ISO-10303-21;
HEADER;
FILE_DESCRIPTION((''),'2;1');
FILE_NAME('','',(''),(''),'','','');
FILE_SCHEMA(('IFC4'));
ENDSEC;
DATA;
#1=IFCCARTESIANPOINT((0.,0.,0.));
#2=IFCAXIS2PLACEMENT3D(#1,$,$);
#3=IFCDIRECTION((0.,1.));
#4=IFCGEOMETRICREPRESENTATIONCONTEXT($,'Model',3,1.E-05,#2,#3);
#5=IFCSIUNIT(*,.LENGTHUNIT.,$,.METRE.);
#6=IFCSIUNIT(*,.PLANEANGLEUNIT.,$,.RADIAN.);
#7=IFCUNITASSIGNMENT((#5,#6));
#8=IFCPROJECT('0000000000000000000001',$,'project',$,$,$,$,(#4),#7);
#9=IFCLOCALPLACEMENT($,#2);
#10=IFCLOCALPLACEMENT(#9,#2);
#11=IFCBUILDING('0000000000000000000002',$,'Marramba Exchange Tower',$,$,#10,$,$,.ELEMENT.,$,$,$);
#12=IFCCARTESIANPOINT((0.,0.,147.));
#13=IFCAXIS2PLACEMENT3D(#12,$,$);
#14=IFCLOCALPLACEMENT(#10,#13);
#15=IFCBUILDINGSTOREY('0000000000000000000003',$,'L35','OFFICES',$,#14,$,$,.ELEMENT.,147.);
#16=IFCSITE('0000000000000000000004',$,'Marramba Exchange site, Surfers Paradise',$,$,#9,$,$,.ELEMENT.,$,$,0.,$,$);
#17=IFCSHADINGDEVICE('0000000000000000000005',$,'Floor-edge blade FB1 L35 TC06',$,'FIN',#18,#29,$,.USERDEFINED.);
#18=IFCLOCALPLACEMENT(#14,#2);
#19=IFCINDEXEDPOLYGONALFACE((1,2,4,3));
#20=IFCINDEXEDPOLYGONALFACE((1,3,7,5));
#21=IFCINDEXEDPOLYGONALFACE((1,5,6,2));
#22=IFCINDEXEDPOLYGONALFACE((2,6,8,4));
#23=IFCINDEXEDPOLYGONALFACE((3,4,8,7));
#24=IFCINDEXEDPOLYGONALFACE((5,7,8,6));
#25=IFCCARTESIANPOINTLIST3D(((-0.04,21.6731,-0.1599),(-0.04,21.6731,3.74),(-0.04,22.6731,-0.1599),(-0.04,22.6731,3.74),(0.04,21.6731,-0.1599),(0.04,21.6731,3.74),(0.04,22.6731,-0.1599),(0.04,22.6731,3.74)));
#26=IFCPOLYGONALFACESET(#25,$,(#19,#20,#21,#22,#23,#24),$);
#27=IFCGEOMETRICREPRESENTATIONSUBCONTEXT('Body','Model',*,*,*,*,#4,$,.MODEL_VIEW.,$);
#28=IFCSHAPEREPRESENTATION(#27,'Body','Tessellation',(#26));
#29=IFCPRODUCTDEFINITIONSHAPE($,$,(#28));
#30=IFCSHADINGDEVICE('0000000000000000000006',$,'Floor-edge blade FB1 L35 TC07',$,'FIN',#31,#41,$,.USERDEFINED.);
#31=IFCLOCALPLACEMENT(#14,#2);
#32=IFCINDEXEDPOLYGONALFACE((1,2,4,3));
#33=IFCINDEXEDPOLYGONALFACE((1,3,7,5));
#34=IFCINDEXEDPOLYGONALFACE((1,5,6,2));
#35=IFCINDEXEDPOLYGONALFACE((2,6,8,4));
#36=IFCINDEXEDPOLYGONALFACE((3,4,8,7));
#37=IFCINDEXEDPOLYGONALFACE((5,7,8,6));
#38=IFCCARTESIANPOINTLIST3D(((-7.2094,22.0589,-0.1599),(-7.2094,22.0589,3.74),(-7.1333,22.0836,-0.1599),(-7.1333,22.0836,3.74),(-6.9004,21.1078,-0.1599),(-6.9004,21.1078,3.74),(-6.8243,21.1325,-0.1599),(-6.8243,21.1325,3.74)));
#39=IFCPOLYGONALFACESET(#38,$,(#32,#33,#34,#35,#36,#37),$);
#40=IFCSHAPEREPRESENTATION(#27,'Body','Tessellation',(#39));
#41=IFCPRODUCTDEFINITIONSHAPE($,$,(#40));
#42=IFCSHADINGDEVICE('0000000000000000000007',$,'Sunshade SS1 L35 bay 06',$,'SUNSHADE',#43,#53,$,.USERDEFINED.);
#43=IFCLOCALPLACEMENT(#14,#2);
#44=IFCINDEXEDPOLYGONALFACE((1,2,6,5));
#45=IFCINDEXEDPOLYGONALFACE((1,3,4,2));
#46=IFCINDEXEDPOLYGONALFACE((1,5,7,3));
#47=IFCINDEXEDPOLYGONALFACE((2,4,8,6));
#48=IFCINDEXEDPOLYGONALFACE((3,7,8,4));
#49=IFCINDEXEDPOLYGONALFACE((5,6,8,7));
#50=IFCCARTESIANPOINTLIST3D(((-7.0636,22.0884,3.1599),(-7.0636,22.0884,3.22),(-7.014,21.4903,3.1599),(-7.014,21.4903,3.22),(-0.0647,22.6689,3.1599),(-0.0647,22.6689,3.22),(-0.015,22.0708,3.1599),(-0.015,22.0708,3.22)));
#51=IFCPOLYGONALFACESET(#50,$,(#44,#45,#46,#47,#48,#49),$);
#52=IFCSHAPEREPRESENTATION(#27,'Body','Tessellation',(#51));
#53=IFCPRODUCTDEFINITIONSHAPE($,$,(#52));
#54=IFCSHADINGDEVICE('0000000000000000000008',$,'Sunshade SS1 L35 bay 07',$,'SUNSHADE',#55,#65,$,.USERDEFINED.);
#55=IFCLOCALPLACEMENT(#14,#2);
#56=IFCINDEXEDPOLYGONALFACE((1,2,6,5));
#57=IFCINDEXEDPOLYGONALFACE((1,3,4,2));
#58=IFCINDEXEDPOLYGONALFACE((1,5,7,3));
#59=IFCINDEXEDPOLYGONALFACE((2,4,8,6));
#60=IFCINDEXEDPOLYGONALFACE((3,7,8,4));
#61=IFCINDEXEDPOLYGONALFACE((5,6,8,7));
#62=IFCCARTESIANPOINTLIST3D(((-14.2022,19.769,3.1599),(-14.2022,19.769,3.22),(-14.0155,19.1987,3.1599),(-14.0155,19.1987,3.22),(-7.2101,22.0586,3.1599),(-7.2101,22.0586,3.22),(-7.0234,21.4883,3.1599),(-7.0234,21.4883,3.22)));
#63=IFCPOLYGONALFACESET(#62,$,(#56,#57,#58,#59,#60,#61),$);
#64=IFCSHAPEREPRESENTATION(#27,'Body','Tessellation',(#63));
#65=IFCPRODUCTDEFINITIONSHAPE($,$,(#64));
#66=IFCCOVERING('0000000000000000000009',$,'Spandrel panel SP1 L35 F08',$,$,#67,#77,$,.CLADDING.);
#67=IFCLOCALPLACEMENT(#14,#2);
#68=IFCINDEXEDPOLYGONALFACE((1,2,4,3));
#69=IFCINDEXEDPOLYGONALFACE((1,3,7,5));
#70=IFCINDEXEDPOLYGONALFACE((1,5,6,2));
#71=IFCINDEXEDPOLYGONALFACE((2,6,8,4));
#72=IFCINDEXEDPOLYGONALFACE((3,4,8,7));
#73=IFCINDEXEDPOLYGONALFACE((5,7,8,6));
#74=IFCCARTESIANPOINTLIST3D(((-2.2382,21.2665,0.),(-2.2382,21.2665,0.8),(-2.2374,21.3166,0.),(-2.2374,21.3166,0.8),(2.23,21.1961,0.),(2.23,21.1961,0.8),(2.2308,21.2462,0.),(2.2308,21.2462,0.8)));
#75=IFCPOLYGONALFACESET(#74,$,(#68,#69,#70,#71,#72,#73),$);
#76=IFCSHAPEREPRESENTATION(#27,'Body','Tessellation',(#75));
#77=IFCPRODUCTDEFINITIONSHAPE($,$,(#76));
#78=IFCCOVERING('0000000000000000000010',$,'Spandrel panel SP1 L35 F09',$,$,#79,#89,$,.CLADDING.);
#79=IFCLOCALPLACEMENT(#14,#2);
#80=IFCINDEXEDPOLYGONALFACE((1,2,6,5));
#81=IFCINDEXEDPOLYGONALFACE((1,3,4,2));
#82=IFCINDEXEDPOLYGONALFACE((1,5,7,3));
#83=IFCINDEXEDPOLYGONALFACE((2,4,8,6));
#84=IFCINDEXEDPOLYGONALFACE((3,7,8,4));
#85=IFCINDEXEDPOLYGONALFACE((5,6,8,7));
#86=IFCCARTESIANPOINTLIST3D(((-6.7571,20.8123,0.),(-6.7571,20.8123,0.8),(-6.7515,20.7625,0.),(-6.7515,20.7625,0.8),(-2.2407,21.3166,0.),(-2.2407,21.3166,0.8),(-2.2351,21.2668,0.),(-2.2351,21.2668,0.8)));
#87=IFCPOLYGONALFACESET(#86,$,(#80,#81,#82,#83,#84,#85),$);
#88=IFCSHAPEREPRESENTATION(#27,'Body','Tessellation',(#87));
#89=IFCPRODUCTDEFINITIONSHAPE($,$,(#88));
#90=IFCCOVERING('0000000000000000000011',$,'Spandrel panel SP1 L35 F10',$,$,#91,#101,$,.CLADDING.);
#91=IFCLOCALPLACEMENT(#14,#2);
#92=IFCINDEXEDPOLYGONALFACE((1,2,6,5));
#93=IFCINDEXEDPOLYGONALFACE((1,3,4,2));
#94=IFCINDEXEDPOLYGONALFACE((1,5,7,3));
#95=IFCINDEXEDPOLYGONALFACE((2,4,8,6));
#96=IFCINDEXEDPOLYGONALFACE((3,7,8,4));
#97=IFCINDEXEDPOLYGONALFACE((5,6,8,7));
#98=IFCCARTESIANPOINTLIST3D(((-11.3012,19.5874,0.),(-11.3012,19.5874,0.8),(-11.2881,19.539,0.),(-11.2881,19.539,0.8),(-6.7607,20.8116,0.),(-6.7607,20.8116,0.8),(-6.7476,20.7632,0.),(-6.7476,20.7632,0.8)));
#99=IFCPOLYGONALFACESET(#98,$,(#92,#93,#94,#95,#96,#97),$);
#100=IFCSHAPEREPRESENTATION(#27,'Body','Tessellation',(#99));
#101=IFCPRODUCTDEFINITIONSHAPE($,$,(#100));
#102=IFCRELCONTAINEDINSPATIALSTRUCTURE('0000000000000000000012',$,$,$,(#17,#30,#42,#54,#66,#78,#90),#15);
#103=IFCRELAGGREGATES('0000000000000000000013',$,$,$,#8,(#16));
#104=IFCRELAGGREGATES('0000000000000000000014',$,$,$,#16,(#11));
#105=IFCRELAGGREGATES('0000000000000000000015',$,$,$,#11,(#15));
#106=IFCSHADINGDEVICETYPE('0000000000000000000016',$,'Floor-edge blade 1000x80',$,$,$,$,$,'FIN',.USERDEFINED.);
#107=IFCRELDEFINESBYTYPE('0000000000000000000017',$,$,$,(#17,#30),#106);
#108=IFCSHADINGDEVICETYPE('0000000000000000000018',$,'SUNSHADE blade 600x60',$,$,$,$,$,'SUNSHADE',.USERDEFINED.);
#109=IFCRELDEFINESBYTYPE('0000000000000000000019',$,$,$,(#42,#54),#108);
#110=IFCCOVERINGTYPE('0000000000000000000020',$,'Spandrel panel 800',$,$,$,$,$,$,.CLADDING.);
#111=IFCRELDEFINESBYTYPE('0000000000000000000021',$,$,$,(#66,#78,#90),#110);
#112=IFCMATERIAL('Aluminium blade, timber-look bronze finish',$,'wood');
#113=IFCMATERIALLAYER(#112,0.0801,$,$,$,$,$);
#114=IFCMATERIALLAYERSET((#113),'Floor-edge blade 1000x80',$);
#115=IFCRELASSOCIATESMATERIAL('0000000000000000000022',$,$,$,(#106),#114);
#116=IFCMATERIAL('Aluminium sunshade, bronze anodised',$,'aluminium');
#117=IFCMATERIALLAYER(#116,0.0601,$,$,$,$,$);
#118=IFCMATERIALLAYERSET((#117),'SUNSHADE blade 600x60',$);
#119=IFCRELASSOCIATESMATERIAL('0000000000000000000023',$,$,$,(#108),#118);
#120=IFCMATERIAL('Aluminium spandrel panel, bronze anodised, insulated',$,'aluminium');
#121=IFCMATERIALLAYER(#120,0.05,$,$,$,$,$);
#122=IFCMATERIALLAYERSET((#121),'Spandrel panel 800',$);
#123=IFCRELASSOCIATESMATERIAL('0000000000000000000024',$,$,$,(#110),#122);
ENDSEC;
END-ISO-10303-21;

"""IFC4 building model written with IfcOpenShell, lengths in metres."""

from ifc_helpers import new_model, si_unit, direction, frame, origin, origin_2d, place, context, subcontext, project, spatial, rectangle, extrude, material, layer, layer_set, type_object, element, save


model = new_model("IFC4")

# Units and contexts
model_context = context("Model", 3, precision=1e-05, world=origin(), true_north=direction((0.0, 1.0)))
body_context = subcontext(model_context, "Body", "Model", "MODEL_VIEW")
ifc_project = project(units=[si_unit("LENGTHUNIT", "METRE"), si_unit("PLANEANGLEUNIT", "RADIAN")], contexts=[model_context])

# Site, building, storey
site_placement = place(None, origin())
site = spatial("IfcSite", under=ifc_project, at=site_placement, Name="Marramba Exchange site, Surfers Paradise", CompositionType="ELEMENT", RefElevation=0.0)
building_placement = place(site_placement, origin())
building = spatial("IfcBuilding", under=site, at=building_placement, Name="Marramba Exchange Tower", CompositionType="ELEMENT")
storey_placement = place(building_placement, frame((0.0, 0.0, 147.0)))
storey = spatial("IfcBuildingStorey", under=building, at=storey_placement, Name="L35", Description="OFFICES", CompositionType="ELEMENT", Elevation=147.0)

# Shading devices
ifc_material_1 = material(Name="Aluminium blade, timber-look bronze finish", Category="wood")
ifc_layer_1 = layer(ifc_material_1, 0.0801)
ifc_layer_set_1 = layer_set([ifc_layer_1], Name="Floor-edge blade 1000x80")
shading_device_type_1 = type_object("IfcShadingDeviceType", Name="Floor-edge blade 1000x80", ElementType="FIN", PredefinedType="USERDEFINED", material=ifc_layer_set_1)
for number, where, z_axis, x_axis, name in (
    (1, (0.0, 22.1731, -0.1599), (0.0, 0.0, 1.0), (0.0, 1.0, 0.0), "Floor-edge blade FB1 L35 TC06"),
    (2, (-7.0168, 21.5957, -0.1599), (0.0, 0.0, 1.0), (-0.309017, 0.951057, 0.0), "Floor-edge blade FB1 L35 TC07"),
):
    element("IfcShadingDevice", number, at=place(storey_placement, frame(where, z_axis=z_axis, x_axis=x_axis)), inside=storey, type_object=shading_device_type_1, Name=name, ObjectType="FIN", PredefinedType="USERDEFINED", context=body_context, shape_type="SweptSolid", body=[
        extrude(rectangle(XDim=1.0, YDim=0.0801, at=origin_2d()), origin(), (0.0, 0.0, 1.0), 3.8999),
    ])
ifc_material_2 = material(Name="Aluminium sunshade, bronze anodised", Category="aluminium")
ifc_layer_2 = layer(ifc_material_2, 0.0601)
ifc_layer_set_2 = layer_set([ifc_layer_2], Name="SUNSHADE blade 600x60")
shading_device_type_2 = type_object("IfcShadingDeviceType", Name="SUNSHADE blade 600x60", ElementType="SUNSHADE", PredefinedType="USERDEFINED", material=ifc_layer_set_2)
shading_device_1_placement = place(storey_placement, frame((-3.5393, 22.0796, 3.1599), z_axis=(0.0, 0.0, 1.0), x_axis=(-0.996578, -0.08266, 0.0)))
element("IfcShadingDevice", 3, at=shading_device_1_placement, inside=storey, type_object=shading_device_type_2, Name="Sunshade SS1 L35 bay 06", ObjectType="SUNSHADE", PredefinedType="USERDEFINED", context=body_context, shape_type="SweptSolid", body=[
    extrude(rectangle(XDim=7.0229, YDim=0.6001, at=origin_2d()), origin(), (0.0, 0.0, 1.0), 0.0601),
])
shading_device_2_placement = place(storey_placement, frame((-10.6128, 20.6287, 3.1599), z_axis=(0.0, 0.0, 1.0), x_axis=(-0.950346, -0.311196, 0.0)))
element("IfcShadingDevice", 4, at=shading_device_2_placement, inside=storey, type_object=shading_device_type_2, Name="Sunshade SS1 L35 bay 07", ObjectType="SUNSHADE", PredefinedType="USERDEFINED", context=body_context, shape_type="SweptSolid", body=[
    extrude(rectangle(XDim=7.3574, YDim=0.6001, at=origin_2d()), origin(), (0.0, 0.0, 1.0), 0.0601),
])

# Coverings
ifc_material_3 = material(Name="Aluminium spandrel panel, bronze anodised, insulated", Category="aluminium")
ifc_layer_3 = layer(ifc_material_3, 0.05)
ifc_layer_set_3 = layer_set([ifc_layer_3], Name="Spandrel panel 800")
covering_type = type_object("IfcCoveringType", Name="Spandrel panel 800", PredefinedType="CLADDING", material=ifc_layer_set_3)
covering_1_placement = place(storey_placement, frame((-0.0037, 21.2563, 0.0), z_axis=(0.0, 0.0, 1.0), x_axis=(-0.999876, 0.015756, 0.0)))
element("IfcCovering", 5, at=covering_1_placement, inside=storey, type_object=covering_type, Name="Spandrel panel SP1 L35 F08", PredefinedType="CLADDING", context=body_context, shape_type="SweptSolid", body=[
    extrude(rectangle(XDim=4.4688, YDim=0.05, at=origin_2d()), origin(), (0.0, 0.0, 1.0), 0.8),
])
covering_2_placement = place(storey_placement, frame((-4.4961, 21.0396, 0.0), z_axis=(0.0, 0.0, 1.0), x_axis=(-0.993823, -0.110973, 0.0)))
element("IfcCovering", 6, at=covering_2_placement, inside=storey, type_object=covering_type, Name="Spandrel panel SP1 L35 F09", PredefinedType="CLADDING", context=body_context, shape_type="SweptSolid", body=[
    extrude(rectangle(XDim=4.5444, YDim=0.05, at=origin_2d()), origin(), (0.0, 0.0, 1.0), 0.8),
])
covering_3_placement = place(storey_placement, frame((-9.0244, 20.1753, 0.0), z_axis=(0.0, 0.0, 1.0), x_axis=(-0.965522, -0.260321, 0.0)))
element("IfcCovering", 7, at=covering_3_placement, inside=storey, type_object=covering_type, Name="Spandrel panel SP1 L35 F10", PredefinedType="CLADDING", context=body_context, shape_type="SweptSolid", body=[
    extrude(rectangle(XDim=4.7026, YDim=0.05, at=origin_2d()), origin(), (0.0, 0.0, 1.0), 0.8),
])

save(model, "model.ifc")
